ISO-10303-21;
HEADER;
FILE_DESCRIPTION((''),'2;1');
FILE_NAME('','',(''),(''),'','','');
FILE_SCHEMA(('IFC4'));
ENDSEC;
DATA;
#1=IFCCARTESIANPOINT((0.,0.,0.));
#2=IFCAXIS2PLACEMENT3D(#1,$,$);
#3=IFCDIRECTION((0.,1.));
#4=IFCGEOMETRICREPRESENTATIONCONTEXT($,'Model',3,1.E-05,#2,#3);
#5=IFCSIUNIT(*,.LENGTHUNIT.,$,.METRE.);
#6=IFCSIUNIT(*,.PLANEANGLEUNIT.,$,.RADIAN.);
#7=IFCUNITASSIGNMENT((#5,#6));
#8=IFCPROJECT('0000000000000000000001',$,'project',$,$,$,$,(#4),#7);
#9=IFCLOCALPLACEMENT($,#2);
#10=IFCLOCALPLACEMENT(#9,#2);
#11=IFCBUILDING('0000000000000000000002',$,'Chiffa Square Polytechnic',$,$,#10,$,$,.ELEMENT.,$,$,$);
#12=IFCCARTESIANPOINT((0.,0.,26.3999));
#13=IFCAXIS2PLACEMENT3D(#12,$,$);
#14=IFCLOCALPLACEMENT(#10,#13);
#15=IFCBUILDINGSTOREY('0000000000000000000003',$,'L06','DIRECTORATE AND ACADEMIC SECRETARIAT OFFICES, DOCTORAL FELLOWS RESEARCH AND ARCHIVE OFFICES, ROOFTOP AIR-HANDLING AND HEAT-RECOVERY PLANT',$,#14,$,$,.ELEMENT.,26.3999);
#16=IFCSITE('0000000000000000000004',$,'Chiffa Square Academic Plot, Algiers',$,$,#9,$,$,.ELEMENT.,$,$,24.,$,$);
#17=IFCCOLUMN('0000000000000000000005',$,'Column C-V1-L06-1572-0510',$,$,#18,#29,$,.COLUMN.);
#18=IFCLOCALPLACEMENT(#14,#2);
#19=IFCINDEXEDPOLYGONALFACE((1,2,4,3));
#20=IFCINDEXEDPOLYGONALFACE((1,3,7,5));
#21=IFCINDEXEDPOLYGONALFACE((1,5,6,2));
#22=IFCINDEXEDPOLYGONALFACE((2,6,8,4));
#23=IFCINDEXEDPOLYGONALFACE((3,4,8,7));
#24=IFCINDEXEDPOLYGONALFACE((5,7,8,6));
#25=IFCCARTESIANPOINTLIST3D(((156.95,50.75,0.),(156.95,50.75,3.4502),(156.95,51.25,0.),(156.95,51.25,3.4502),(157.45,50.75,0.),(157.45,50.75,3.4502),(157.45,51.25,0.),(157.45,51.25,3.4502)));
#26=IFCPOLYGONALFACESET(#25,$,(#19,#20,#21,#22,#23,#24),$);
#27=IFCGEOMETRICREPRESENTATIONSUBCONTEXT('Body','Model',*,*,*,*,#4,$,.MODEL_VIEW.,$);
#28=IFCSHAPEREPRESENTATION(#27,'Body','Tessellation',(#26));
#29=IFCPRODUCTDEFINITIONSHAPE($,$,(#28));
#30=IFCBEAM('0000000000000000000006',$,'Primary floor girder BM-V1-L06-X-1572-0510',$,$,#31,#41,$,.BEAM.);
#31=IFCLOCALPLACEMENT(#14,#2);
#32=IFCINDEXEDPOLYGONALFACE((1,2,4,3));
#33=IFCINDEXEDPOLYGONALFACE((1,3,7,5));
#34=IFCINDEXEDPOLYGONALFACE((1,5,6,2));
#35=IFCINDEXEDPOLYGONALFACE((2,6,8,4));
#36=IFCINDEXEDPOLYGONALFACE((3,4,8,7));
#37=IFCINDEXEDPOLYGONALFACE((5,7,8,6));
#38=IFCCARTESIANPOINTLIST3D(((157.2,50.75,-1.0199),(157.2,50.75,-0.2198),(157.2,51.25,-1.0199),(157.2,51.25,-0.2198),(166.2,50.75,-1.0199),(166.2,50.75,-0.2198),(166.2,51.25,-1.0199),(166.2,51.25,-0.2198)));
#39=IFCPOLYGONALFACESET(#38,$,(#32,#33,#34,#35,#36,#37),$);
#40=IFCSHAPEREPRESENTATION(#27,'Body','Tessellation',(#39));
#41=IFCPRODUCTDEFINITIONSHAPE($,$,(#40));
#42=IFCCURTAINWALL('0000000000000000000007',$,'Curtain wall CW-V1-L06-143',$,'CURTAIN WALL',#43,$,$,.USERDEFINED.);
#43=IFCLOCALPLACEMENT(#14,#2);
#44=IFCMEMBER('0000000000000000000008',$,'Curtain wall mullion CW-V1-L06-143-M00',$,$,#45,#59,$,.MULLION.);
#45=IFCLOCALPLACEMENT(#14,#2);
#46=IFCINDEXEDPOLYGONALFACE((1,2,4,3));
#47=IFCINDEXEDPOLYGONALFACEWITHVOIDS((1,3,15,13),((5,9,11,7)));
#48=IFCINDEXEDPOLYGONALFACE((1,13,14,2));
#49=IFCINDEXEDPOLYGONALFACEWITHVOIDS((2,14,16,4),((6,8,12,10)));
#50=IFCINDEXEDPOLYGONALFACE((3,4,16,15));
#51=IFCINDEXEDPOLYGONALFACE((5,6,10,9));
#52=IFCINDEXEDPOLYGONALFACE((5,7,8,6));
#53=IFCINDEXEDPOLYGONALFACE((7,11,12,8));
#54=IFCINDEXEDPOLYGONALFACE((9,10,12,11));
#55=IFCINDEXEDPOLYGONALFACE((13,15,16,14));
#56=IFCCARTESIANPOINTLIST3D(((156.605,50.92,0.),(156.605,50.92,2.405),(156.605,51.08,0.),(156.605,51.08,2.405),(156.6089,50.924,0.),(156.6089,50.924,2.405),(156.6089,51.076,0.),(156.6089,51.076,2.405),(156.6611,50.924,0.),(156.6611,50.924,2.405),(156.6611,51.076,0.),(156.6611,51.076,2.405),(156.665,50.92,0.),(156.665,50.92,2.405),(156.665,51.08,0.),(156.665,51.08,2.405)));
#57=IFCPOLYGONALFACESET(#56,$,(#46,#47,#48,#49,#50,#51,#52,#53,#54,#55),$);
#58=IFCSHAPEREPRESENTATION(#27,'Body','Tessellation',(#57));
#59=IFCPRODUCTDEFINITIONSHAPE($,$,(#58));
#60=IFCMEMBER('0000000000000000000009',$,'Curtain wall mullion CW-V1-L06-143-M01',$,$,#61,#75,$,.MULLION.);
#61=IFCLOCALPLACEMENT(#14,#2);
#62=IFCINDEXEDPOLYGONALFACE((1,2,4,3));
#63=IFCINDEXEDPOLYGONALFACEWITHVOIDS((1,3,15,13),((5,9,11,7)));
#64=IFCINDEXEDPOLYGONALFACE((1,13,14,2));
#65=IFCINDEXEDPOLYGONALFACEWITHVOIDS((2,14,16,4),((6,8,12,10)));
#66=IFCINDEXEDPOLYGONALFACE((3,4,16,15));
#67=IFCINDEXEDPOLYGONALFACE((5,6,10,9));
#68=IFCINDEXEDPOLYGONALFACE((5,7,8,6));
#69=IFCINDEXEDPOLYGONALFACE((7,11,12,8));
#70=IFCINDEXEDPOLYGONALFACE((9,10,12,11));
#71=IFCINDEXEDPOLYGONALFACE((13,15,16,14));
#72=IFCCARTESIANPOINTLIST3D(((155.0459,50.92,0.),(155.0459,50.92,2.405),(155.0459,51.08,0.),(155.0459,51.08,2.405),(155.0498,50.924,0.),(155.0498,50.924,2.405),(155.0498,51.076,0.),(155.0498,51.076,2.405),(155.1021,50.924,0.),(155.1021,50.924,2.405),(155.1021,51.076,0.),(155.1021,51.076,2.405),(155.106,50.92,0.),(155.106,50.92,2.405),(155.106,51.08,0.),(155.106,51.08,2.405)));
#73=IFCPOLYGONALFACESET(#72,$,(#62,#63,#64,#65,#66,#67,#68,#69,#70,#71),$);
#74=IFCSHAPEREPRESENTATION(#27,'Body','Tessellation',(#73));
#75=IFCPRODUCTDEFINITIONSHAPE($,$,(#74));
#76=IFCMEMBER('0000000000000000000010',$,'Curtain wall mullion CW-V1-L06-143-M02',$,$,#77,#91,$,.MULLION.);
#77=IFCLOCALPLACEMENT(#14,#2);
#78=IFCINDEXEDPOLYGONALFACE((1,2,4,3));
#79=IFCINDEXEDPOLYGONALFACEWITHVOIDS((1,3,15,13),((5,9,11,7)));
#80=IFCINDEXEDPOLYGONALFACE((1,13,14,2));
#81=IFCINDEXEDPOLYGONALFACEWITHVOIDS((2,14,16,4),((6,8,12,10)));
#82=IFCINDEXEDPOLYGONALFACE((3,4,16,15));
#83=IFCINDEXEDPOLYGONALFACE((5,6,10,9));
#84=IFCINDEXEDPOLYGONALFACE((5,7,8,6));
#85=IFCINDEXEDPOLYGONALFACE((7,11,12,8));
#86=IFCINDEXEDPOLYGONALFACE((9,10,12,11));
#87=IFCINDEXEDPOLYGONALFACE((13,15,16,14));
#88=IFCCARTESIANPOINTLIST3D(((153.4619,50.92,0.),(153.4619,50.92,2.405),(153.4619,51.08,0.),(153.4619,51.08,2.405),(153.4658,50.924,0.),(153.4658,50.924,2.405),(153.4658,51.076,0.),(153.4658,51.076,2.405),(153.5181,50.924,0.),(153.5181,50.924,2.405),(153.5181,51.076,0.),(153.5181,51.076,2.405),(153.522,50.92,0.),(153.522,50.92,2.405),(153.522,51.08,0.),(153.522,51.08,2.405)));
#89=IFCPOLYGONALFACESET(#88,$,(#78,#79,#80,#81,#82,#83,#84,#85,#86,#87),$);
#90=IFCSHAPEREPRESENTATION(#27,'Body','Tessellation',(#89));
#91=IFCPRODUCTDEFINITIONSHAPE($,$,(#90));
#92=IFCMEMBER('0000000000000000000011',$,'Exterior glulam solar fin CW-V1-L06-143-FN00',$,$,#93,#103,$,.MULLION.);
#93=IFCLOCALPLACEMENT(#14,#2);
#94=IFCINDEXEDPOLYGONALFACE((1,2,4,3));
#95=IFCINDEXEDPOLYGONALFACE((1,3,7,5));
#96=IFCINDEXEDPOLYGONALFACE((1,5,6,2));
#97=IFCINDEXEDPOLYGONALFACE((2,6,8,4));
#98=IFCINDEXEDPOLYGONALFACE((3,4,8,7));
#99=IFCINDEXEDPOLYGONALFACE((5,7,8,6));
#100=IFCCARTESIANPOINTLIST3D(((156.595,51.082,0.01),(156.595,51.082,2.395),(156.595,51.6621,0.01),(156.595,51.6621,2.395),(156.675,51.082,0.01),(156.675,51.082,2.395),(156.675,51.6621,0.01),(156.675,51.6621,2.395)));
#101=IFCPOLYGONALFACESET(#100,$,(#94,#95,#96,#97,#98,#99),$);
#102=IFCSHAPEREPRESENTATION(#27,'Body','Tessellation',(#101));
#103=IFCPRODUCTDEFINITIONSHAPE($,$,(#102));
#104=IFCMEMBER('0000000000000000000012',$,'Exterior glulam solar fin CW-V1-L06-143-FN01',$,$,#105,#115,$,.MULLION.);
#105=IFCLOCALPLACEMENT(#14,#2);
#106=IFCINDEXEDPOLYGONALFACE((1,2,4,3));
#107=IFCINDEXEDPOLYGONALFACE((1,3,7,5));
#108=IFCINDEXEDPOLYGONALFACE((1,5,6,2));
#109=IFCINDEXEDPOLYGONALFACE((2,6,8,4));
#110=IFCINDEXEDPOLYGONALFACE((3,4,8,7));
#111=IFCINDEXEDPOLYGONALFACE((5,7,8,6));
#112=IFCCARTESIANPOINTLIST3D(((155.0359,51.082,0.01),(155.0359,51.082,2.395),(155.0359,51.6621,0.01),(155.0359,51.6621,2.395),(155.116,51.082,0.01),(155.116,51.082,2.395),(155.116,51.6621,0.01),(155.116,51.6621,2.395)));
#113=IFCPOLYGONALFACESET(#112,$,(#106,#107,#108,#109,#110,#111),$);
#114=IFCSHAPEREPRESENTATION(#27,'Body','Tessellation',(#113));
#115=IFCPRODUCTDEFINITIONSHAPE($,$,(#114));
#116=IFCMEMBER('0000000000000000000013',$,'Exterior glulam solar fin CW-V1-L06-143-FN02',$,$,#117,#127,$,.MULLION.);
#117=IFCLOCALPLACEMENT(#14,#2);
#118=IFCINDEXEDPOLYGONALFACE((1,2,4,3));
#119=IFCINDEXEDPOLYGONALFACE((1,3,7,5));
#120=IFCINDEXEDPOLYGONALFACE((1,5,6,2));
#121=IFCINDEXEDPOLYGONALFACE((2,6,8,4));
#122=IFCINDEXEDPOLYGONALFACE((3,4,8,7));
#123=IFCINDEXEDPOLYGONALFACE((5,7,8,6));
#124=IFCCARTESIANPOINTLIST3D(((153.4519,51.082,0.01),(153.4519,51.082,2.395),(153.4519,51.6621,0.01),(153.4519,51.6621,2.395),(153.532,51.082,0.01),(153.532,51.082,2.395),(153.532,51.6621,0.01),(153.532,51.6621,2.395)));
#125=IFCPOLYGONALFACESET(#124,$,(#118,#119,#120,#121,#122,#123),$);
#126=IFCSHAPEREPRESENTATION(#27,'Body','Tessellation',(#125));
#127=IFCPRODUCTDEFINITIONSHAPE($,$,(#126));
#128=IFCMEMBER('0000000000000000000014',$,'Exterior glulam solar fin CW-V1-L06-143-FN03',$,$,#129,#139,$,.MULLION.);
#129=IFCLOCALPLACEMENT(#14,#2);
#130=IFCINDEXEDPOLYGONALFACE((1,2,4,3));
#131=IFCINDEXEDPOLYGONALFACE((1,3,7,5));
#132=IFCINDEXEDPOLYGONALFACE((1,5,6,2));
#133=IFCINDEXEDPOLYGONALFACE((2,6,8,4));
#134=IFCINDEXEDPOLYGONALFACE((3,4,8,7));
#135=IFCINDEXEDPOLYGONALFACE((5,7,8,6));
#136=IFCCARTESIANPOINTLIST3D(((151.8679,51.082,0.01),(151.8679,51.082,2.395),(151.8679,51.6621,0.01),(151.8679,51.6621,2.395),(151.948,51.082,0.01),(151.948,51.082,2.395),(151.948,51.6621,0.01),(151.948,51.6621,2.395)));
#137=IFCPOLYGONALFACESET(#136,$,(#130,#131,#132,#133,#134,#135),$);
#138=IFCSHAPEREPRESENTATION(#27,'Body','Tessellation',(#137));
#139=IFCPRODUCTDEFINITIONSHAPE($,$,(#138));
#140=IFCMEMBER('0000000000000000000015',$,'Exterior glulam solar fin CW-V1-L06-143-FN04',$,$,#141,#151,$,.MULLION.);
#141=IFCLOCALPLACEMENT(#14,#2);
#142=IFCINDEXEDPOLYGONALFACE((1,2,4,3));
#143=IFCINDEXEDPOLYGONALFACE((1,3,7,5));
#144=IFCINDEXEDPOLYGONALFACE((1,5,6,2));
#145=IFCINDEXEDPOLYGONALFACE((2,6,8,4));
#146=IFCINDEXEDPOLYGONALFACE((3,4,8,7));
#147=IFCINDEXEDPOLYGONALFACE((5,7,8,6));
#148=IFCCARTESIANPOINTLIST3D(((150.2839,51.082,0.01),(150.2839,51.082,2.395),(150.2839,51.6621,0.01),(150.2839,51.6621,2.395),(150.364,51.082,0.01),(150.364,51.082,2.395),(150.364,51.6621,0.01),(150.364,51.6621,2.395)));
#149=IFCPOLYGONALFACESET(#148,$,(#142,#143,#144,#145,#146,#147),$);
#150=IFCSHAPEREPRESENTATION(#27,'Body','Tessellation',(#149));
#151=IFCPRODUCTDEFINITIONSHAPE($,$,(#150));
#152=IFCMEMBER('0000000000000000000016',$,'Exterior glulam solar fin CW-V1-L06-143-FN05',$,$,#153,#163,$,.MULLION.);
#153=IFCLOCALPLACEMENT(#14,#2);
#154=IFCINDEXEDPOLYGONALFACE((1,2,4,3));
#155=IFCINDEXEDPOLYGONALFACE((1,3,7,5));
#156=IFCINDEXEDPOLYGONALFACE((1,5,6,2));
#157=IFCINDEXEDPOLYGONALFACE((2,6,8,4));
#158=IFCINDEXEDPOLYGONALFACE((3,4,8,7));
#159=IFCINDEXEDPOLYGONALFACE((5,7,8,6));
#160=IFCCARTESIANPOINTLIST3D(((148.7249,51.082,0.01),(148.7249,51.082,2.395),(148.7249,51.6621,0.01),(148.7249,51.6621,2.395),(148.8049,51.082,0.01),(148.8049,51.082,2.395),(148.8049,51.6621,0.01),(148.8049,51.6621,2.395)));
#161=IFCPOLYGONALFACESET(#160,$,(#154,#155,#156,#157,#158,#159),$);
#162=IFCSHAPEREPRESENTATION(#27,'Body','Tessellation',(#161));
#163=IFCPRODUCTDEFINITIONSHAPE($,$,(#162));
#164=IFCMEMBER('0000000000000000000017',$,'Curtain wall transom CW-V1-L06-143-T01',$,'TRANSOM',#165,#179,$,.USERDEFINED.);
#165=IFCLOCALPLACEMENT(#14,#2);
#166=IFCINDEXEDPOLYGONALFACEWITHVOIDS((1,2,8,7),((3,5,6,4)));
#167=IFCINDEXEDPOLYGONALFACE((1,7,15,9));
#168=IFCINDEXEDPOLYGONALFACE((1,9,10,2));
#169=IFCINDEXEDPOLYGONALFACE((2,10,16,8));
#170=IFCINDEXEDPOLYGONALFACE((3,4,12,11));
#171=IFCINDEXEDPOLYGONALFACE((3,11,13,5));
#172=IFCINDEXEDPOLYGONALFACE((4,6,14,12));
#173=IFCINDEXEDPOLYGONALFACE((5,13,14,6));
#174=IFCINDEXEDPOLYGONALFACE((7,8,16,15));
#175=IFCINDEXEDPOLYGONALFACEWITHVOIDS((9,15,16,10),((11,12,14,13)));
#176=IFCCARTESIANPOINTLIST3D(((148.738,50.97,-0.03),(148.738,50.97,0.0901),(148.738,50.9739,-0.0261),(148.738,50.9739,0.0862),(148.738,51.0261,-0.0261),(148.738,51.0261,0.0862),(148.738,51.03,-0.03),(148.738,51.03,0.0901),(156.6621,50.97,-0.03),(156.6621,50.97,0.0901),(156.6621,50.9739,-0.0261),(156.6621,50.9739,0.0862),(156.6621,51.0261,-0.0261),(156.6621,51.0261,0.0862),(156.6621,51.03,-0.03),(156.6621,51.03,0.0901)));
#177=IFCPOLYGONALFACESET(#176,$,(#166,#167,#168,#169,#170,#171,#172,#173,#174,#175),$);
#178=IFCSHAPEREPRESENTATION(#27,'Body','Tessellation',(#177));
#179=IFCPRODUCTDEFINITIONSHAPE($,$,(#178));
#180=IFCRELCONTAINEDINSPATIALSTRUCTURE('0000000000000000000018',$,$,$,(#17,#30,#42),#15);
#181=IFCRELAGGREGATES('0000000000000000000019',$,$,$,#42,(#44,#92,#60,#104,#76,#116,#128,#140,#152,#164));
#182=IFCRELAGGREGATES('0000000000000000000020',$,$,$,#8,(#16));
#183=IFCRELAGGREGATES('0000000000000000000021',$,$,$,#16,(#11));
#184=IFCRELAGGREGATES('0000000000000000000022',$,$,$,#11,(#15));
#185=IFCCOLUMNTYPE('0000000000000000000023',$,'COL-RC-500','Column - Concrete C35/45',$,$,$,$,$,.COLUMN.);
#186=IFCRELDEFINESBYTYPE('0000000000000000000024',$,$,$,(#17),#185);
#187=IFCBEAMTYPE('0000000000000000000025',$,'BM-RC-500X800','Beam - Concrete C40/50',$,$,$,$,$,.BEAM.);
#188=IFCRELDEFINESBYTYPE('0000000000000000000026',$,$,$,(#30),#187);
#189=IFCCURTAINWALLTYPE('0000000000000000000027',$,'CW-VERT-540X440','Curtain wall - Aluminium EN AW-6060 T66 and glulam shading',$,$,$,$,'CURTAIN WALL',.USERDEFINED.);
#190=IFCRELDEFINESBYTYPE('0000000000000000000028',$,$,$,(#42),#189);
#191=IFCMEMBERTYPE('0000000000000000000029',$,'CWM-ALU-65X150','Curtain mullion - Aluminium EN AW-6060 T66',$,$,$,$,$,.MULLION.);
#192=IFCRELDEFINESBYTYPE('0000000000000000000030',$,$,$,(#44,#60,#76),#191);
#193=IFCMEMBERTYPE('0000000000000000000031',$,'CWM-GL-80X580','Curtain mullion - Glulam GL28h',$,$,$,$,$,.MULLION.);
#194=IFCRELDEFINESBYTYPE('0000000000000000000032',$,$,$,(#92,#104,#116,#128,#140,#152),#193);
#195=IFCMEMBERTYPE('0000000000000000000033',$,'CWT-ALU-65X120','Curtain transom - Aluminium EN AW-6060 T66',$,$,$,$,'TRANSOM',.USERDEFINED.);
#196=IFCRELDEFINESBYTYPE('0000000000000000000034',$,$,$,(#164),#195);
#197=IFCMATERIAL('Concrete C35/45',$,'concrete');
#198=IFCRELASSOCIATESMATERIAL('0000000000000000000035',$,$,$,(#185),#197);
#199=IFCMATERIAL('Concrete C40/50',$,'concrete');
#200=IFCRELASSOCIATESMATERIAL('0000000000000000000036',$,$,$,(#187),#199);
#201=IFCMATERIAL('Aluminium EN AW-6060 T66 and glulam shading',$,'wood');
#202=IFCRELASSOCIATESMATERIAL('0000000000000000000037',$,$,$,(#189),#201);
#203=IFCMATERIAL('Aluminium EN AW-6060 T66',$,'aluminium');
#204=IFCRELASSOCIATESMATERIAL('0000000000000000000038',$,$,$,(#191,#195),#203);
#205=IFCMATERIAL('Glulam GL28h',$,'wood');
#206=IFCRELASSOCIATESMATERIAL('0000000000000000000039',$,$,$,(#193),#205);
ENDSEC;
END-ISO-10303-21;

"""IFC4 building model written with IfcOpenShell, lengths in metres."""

from ifc_helpers import new_model, si_unit, direction, frame, origin, origin_2d, place, context, subcontext, project, spatial, rectangle, hollow_rectangle, extrude, material, material_profile, profile_set, type_object, element, aggregate, save


model = new_model("IFC4")

# Units and contexts
model_context = context("Model", 3, precision=1e-05, world=origin(), true_north=direction((0.0, 1.0)))
body_context = subcontext(model_context, "Body", "Model", "MODEL_VIEW")
ifc_project = project(units=[si_unit("LENGTHUNIT", "METRE"), si_unit("PLANEANGLEUNIT", "RADIAN")], contexts=[model_context])

# Site, building, storey
site_placement = place(None, origin())
site = spatial("IfcSite", under=ifc_project, at=site_placement, Name="Chiffa Square Academic Plot, Algiers", CompositionType="ELEMENT", RefElevation=24.0)
building_placement = place(site_placement, origin())
building = spatial("IfcBuilding", under=site, at=building_placement, Name="Chiffa Square Polytechnic", CompositionType="ELEMENT")
storey_placement = place(building_placement, frame((0.0, 0.0, 26.3999)))
storey = spatial("IfcBuildingStorey", under=building, at=storey_placement, Name="L06", Description="DIRECTORATE AND ACADEMIC SECRETARIAT OFFICES, DOCTORAL FELLOWS RESEARCH AND ARCHIVE OFFICES, ROOFTOP AIR-HANDLING AND HEAT-RECOVERY PLANT", CompositionType="ELEMENT", Elevation=26.3999)

# Column
ifc_material_1 = material(Name="Concrete C35/45", Category="concrete")
ifc_material_profile_1 = material_profile(ifc_material_1, rectangle(XDim=0.5, YDim=0.5, at=origin_2d()), Name="RC 500x500")
ifc_profile_set_1 = profile_set([ifc_material_profile_1], Name="Concrete C35/45")
column_type = type_object("IfcColumnType", Name="COL-RC-500", Description="Column - Concrete C35/45", PredefinedType="COLUMN", material=ifc_profile_set_1)
column_placement = place(storey_placement, frame((157.2, 51.0, 0.0), z_axis=(0.0, 0.0, 1.0), x_axis=(1.0, 0.0, 0.0)))
element("IfcColumn", 1, at=column_placement, inside=storey, type_object=column_type, Name="Column C-V1-L06-1572-0510", PredefinedType="COLUMN", context=body_context, shape_type="SweptSolid", body=[
    extrude(rectangle(XDim=0.5, YDim=0.5, at=origin_2d()), origin(), (0.0, 0.0, 1.0), 3.4502),
])

# Beam
ifc_material_2 = material(Name="Concrete C40/50", Category="concrete")
ifc_material_profile_2 = material_profile(ifc_material_2, rectangle(XDim=0.5, YDim=0.8, at=origin_2d()), Name="RC 500x800")
ifc_profile_set_2 = profile_set([ifc_material_profile_2], Name="Concrete C40/50")
beam_type = type_object("IfcBeamType", Name="BM-RC-500X800", Description="Beam - Concrete C40/50", PredefinedType="BEAM", material=ifc_profile_set_2)
beam_placement = place(storey_placement, frame((157.2, 51.0, -0.6199), z_axis=(1.0, 0.0, 0.0), x_axis=(0.0, 1.0, 0.0)))
element("IfcBeam", 2, at=beam_placement, inside=storey, type_object=beam_type, Name="Primary floor girder BM-V1-L06-X-1572-0510", PredefinedType="BEAM", context=body_context, shape_type="SweptSolid", body=[
    extrude(rectangle(XDim=0.5, YDim=0.8, at=origin_2d()), origin(), (0.0, 0.0, 1.0), 9.0),
])

# Curtain wall, members
ifc_material_3 = material(Name="Aluminium EN AW-6060 T66 and glulam shading", Category="wood")
curtain_wall_type = type_object("IfcCurtainWallType", Name="CW-VERT-540X440", Description="Curtain wall - Aluminium EN AW-6060 T66 and glulam shading", ElementType="CURTAIN WALL", PredefinedType="USERDEFINED", material=ifc_material_3)
curtain_wall_placement = place(storey_placement, origin())
curtain_wall = element("IfcCurtainWall", 3, at=curtain_wall_placement, inside=storey, type_object=curtain_wall_type, Name="Curtain wall CW-V1-L06-143", ObjectType="CURTAIN WALL", PredefinedType="USERDEFINED")
ifc_material_4 = material(Name="Aluminium EN AW-6060 T66", Category="aluminium")
ifc_material_profile_3 = material_profile(ifc_material_4, hollow_rectangle(XDim=0.0601, YDim=0.1599, WallThickness=0.0039, at=origin_2d()), Name="ALU 60x160x4")
ifc_profile_set_3 = profile_set([ifc_material_profile_3], Name="Aluminium EN AW-6060 T66")
member_type_1 = type_object("IfcMemberType", Name="CWM-ALU-65X150", Description="Curtain mullion - Aluminium EN AW-6060 T66", PredefinedType="MULLION", material=ifc_profile_set_3)
member_1_placement = place(storey_placement, frame((156.635, 51.0, 0.0), z_axis=(0.0, 0.0, 1.0), x_axis=(1.0, 0.0, 0.0)))
member_1 = element("IfcMember", 4, at=member_1_placement, type_object=member_type_1, Name="Curtain wall mullion CW-V1-L06-143-M00", PredefinedType="MULLION", context=body_context, shape_type="SweptSolid", body=[
    extrude(hollow_rectangle(XDim=0.0601, YDim=0.1599, WallThickness=0.0039, at=origin_2d()), origin(), (0.0, 0.0, 1.0), 2.405),
])
member_2_placement = place(storey_placement, frame((155.0759, 51.0, 0.0), z_axis=(0.0, 0.0, 1.0), x_axis=(1.0, 0.0, 0.0)))
member_2 = element("IfcMember", 5, at=member_2_placement, type_object=member_type_1, Name="Curtain wall mullion CW-V1-L06-143-M01", PredefinedType="MULLION", context=body_context, shape_type="SweptSolid", body=[
    extrude(hollow_rectangle(XDim=0.0601, YDim=0.1599, WallThickness=0.0039, at=origin_2d()), origin(), (0.0, 0.0, 1.0), 2.405),
])
member_3_placement = place(storey_placement, frame((153.4919, 51.0, 0.0), z_axis=(0.0, 0.0, 1.0), x_axis=(1.0, 0.0, 0.0)))
member_3 = element("IfcMember", 6, at=member_3_placement, type_object=member_type_1, Name="Curtain wall mullion CW-V1-L06-143-M02", PredefinedType="MULLION", context=body_context, shape_type="SweptSolid", body=[
    extrude(hollow_rectangle(XDim=0.0601, YDim=0.1599, WallThickness=0.0039, at=origin_2d()), origin(), (0.0, 0.0, 1.0), 2.405),
])
ifc_material_5 = material(Name="Glulam GL28h", Category="wood")
ifc_material_profile_4 = material_profile(ifc_material_5, rectangle(XDim=0.0801, YDim=0.5801, at=origin_2d()), Name="GL28h 80x580")
ifc_profile_set_4 = profile_set([ifc_material_profile_4], Name="Glulam GL28h")
member_type_2 = type_object("IfcMemberType", Name="CWM-GL-80X580", Description="Curtain mullion - Glulam GL28h", PredefinedType="MULLION", material=ifc_profile_set_4)
member_4_placement = place(storey_placement, frame((156.635, 51.3721, 0.01), z_axis=(0.0, 0.0, 1.0), x_axis=(-1.0, 0.0, 0.0)))
member_4 = element("IfcMember", 7, at=member_4_placement, type_object=member_type_2, Name="Exterior glulam solar fin CW-V1-L06-143-FN00", PredefinedType="MULLION", context=body_context, shape_type="SweptSolid", body=[
    extrude(rectangle(XDim=0.0801, YDim=0.5801, at=origin_2d()), origin(), (0.0, 0.0, 1.0), 2.385),
])
member_5_placement = place(storey_placement, frame((155.0759, 51.3721, 0.01), z_axis=(0.0, 0.0, 1.0), x_axis=(-1.0, 0.0, 0.0)))
member_5 = element("IfcMember", 8, at=member_5_placement, type_object=member_type_2, Name="Exterior glulam solar fin CW-V1-L06-143-FN01", PredefinedType="MULLION", context=body_context, shape_type="SweptSolid", body=[
    extrude(rectangle(XDim=0.0801, YDim=0.5801, at=origin_2d()), origin(), (0.0, 0.0, 1.0), 2.385),
])
member_6_placement = place(storey_placement, frame((153.4919, 51.3721, 0.01), z_axis=(0.0, 0.0, 1.0), x_axis=(-1.0, 0.0, 0.0)))
member_6 = element("IfcMember", 9, at=member_6_placement, type_object=member_type_2, Name="Exterior glulam solar fin CW-V1-L06-143-FN02", PredefinedType="MULLION", context=body_context, shape_type="SweptSolid", body=[
    extrude(rectangle(XDim=0.0801, YDim=0.5801, at=origin_2d()), origin(), (0.0, 0.0, 1.0), 2.385),
])
member_7_placement = place(storey_placement, frame((151.908, 51.3721, 0.01), z_axis=(0.0, 0.0, 1.0), x_axis=(-1.0, 0.0, 0.0)))
member_7 = element("IfcMember", 10, at=member_7_placement, type_object=member_type_2, Name="Exterior glulam solar fin CW-V1-L06-143-FN03", PredefinedType="MULLION", context=body_context, shape_type="SweptSolid", body=[
    extrude(rectangle(XDim=0.0801, YDim=0.5801, at=origin_2d()), origin(), (0.0, 0.0, 1.0), 2.385),
])
member_8_placement = place(storey_placement, frame((150.324, 51.3721, 0.01), z_axis=(0.0, 0.0, 1.0), x_axis=(-1.0, 0.0, 0.0)))
member_8 = element("IfcMember", 11, at=member_8_placement, type_object=member_type_2, Name="Exterior glulam solar fin CW-V1-L06-143-FN04", PredefinedType="MULLION", context=body_context, shape_type="SweptSolid", body=[
    extrude(rectangle(XDim=0.0801, YDim=0.5801, at=origin_2d()), origin(), (0.0, 0.0, 1.0), 2.385),
])
member_9_placement = place(storey_placement, frame((148.7649, 51.3721, 0.01), z_axis=(0.0, 0.0, 1.0), x_axis=(-1.0, 0.0, 0.0)))
member_9 = element("IfcMember", 12, at=member_9_placement, type_object=member_type_2, Name="Exterior glulam solar fin CW-V1-L06-143-FN05", PredefinedType="MULLION", context=body_context, shape_type="SweptSolid", body=[
    extrude(rectangle(XDim=0.0801, YDim=0.5801, at=origin_2d()), origin(), (0.0, 0.0, 1.0), 2.385),
])
ifc_material_profile_5 = material_profile(ifc_material_4, hollow_rectangle(XDim=0.0601, YDim=0.1201, WallThickness=0.0039, at=origin_2d()), Name="ALU 60x120x4")
ifc_profile_set_5 = profile_set([ifc_material_profile_5], Name="Aluminium EN AW-6060 T66")
member_type_3 = type_object("IfcMemberType", Name="CWT-ALU-65X120", Description="Curtain transom - Aluminium EN AW-6060 T66", ElementType="TRANSOM", PredefinedType="USERDEFINED", material=ifc_profile_set_5)
member_10_placement = place(storey_placement, frame((156.6621, 51.0, 0.03), z_axis=(-1.0, 0.0, 0.0), x_axis=(0.0, -1.0, 0.0)))
member_10 = element("IfcMember", 13, at=member_10_placement, type_object=member_type_3, Name="Curtain wall transom CW-V1-L06-143-T01", ObjectType="TRANSOM", PredefinedType="USERDEFINED", context=body_context, shape_type="SweptSolid", body=[
    extrude(hollow_rectangle(XDim=0.0601, YDim=0.1201, WallThickness=0.0039, at=origin_2d()), origin(), (0.0, 0.0, 1.0), 7.9241),
])
aggregate(curtain_wall, [member_1, member_4, member_2, member_5, member_3, member_6, member_7, member_8, member_9, member_10])

save(model, "model.ifc")
